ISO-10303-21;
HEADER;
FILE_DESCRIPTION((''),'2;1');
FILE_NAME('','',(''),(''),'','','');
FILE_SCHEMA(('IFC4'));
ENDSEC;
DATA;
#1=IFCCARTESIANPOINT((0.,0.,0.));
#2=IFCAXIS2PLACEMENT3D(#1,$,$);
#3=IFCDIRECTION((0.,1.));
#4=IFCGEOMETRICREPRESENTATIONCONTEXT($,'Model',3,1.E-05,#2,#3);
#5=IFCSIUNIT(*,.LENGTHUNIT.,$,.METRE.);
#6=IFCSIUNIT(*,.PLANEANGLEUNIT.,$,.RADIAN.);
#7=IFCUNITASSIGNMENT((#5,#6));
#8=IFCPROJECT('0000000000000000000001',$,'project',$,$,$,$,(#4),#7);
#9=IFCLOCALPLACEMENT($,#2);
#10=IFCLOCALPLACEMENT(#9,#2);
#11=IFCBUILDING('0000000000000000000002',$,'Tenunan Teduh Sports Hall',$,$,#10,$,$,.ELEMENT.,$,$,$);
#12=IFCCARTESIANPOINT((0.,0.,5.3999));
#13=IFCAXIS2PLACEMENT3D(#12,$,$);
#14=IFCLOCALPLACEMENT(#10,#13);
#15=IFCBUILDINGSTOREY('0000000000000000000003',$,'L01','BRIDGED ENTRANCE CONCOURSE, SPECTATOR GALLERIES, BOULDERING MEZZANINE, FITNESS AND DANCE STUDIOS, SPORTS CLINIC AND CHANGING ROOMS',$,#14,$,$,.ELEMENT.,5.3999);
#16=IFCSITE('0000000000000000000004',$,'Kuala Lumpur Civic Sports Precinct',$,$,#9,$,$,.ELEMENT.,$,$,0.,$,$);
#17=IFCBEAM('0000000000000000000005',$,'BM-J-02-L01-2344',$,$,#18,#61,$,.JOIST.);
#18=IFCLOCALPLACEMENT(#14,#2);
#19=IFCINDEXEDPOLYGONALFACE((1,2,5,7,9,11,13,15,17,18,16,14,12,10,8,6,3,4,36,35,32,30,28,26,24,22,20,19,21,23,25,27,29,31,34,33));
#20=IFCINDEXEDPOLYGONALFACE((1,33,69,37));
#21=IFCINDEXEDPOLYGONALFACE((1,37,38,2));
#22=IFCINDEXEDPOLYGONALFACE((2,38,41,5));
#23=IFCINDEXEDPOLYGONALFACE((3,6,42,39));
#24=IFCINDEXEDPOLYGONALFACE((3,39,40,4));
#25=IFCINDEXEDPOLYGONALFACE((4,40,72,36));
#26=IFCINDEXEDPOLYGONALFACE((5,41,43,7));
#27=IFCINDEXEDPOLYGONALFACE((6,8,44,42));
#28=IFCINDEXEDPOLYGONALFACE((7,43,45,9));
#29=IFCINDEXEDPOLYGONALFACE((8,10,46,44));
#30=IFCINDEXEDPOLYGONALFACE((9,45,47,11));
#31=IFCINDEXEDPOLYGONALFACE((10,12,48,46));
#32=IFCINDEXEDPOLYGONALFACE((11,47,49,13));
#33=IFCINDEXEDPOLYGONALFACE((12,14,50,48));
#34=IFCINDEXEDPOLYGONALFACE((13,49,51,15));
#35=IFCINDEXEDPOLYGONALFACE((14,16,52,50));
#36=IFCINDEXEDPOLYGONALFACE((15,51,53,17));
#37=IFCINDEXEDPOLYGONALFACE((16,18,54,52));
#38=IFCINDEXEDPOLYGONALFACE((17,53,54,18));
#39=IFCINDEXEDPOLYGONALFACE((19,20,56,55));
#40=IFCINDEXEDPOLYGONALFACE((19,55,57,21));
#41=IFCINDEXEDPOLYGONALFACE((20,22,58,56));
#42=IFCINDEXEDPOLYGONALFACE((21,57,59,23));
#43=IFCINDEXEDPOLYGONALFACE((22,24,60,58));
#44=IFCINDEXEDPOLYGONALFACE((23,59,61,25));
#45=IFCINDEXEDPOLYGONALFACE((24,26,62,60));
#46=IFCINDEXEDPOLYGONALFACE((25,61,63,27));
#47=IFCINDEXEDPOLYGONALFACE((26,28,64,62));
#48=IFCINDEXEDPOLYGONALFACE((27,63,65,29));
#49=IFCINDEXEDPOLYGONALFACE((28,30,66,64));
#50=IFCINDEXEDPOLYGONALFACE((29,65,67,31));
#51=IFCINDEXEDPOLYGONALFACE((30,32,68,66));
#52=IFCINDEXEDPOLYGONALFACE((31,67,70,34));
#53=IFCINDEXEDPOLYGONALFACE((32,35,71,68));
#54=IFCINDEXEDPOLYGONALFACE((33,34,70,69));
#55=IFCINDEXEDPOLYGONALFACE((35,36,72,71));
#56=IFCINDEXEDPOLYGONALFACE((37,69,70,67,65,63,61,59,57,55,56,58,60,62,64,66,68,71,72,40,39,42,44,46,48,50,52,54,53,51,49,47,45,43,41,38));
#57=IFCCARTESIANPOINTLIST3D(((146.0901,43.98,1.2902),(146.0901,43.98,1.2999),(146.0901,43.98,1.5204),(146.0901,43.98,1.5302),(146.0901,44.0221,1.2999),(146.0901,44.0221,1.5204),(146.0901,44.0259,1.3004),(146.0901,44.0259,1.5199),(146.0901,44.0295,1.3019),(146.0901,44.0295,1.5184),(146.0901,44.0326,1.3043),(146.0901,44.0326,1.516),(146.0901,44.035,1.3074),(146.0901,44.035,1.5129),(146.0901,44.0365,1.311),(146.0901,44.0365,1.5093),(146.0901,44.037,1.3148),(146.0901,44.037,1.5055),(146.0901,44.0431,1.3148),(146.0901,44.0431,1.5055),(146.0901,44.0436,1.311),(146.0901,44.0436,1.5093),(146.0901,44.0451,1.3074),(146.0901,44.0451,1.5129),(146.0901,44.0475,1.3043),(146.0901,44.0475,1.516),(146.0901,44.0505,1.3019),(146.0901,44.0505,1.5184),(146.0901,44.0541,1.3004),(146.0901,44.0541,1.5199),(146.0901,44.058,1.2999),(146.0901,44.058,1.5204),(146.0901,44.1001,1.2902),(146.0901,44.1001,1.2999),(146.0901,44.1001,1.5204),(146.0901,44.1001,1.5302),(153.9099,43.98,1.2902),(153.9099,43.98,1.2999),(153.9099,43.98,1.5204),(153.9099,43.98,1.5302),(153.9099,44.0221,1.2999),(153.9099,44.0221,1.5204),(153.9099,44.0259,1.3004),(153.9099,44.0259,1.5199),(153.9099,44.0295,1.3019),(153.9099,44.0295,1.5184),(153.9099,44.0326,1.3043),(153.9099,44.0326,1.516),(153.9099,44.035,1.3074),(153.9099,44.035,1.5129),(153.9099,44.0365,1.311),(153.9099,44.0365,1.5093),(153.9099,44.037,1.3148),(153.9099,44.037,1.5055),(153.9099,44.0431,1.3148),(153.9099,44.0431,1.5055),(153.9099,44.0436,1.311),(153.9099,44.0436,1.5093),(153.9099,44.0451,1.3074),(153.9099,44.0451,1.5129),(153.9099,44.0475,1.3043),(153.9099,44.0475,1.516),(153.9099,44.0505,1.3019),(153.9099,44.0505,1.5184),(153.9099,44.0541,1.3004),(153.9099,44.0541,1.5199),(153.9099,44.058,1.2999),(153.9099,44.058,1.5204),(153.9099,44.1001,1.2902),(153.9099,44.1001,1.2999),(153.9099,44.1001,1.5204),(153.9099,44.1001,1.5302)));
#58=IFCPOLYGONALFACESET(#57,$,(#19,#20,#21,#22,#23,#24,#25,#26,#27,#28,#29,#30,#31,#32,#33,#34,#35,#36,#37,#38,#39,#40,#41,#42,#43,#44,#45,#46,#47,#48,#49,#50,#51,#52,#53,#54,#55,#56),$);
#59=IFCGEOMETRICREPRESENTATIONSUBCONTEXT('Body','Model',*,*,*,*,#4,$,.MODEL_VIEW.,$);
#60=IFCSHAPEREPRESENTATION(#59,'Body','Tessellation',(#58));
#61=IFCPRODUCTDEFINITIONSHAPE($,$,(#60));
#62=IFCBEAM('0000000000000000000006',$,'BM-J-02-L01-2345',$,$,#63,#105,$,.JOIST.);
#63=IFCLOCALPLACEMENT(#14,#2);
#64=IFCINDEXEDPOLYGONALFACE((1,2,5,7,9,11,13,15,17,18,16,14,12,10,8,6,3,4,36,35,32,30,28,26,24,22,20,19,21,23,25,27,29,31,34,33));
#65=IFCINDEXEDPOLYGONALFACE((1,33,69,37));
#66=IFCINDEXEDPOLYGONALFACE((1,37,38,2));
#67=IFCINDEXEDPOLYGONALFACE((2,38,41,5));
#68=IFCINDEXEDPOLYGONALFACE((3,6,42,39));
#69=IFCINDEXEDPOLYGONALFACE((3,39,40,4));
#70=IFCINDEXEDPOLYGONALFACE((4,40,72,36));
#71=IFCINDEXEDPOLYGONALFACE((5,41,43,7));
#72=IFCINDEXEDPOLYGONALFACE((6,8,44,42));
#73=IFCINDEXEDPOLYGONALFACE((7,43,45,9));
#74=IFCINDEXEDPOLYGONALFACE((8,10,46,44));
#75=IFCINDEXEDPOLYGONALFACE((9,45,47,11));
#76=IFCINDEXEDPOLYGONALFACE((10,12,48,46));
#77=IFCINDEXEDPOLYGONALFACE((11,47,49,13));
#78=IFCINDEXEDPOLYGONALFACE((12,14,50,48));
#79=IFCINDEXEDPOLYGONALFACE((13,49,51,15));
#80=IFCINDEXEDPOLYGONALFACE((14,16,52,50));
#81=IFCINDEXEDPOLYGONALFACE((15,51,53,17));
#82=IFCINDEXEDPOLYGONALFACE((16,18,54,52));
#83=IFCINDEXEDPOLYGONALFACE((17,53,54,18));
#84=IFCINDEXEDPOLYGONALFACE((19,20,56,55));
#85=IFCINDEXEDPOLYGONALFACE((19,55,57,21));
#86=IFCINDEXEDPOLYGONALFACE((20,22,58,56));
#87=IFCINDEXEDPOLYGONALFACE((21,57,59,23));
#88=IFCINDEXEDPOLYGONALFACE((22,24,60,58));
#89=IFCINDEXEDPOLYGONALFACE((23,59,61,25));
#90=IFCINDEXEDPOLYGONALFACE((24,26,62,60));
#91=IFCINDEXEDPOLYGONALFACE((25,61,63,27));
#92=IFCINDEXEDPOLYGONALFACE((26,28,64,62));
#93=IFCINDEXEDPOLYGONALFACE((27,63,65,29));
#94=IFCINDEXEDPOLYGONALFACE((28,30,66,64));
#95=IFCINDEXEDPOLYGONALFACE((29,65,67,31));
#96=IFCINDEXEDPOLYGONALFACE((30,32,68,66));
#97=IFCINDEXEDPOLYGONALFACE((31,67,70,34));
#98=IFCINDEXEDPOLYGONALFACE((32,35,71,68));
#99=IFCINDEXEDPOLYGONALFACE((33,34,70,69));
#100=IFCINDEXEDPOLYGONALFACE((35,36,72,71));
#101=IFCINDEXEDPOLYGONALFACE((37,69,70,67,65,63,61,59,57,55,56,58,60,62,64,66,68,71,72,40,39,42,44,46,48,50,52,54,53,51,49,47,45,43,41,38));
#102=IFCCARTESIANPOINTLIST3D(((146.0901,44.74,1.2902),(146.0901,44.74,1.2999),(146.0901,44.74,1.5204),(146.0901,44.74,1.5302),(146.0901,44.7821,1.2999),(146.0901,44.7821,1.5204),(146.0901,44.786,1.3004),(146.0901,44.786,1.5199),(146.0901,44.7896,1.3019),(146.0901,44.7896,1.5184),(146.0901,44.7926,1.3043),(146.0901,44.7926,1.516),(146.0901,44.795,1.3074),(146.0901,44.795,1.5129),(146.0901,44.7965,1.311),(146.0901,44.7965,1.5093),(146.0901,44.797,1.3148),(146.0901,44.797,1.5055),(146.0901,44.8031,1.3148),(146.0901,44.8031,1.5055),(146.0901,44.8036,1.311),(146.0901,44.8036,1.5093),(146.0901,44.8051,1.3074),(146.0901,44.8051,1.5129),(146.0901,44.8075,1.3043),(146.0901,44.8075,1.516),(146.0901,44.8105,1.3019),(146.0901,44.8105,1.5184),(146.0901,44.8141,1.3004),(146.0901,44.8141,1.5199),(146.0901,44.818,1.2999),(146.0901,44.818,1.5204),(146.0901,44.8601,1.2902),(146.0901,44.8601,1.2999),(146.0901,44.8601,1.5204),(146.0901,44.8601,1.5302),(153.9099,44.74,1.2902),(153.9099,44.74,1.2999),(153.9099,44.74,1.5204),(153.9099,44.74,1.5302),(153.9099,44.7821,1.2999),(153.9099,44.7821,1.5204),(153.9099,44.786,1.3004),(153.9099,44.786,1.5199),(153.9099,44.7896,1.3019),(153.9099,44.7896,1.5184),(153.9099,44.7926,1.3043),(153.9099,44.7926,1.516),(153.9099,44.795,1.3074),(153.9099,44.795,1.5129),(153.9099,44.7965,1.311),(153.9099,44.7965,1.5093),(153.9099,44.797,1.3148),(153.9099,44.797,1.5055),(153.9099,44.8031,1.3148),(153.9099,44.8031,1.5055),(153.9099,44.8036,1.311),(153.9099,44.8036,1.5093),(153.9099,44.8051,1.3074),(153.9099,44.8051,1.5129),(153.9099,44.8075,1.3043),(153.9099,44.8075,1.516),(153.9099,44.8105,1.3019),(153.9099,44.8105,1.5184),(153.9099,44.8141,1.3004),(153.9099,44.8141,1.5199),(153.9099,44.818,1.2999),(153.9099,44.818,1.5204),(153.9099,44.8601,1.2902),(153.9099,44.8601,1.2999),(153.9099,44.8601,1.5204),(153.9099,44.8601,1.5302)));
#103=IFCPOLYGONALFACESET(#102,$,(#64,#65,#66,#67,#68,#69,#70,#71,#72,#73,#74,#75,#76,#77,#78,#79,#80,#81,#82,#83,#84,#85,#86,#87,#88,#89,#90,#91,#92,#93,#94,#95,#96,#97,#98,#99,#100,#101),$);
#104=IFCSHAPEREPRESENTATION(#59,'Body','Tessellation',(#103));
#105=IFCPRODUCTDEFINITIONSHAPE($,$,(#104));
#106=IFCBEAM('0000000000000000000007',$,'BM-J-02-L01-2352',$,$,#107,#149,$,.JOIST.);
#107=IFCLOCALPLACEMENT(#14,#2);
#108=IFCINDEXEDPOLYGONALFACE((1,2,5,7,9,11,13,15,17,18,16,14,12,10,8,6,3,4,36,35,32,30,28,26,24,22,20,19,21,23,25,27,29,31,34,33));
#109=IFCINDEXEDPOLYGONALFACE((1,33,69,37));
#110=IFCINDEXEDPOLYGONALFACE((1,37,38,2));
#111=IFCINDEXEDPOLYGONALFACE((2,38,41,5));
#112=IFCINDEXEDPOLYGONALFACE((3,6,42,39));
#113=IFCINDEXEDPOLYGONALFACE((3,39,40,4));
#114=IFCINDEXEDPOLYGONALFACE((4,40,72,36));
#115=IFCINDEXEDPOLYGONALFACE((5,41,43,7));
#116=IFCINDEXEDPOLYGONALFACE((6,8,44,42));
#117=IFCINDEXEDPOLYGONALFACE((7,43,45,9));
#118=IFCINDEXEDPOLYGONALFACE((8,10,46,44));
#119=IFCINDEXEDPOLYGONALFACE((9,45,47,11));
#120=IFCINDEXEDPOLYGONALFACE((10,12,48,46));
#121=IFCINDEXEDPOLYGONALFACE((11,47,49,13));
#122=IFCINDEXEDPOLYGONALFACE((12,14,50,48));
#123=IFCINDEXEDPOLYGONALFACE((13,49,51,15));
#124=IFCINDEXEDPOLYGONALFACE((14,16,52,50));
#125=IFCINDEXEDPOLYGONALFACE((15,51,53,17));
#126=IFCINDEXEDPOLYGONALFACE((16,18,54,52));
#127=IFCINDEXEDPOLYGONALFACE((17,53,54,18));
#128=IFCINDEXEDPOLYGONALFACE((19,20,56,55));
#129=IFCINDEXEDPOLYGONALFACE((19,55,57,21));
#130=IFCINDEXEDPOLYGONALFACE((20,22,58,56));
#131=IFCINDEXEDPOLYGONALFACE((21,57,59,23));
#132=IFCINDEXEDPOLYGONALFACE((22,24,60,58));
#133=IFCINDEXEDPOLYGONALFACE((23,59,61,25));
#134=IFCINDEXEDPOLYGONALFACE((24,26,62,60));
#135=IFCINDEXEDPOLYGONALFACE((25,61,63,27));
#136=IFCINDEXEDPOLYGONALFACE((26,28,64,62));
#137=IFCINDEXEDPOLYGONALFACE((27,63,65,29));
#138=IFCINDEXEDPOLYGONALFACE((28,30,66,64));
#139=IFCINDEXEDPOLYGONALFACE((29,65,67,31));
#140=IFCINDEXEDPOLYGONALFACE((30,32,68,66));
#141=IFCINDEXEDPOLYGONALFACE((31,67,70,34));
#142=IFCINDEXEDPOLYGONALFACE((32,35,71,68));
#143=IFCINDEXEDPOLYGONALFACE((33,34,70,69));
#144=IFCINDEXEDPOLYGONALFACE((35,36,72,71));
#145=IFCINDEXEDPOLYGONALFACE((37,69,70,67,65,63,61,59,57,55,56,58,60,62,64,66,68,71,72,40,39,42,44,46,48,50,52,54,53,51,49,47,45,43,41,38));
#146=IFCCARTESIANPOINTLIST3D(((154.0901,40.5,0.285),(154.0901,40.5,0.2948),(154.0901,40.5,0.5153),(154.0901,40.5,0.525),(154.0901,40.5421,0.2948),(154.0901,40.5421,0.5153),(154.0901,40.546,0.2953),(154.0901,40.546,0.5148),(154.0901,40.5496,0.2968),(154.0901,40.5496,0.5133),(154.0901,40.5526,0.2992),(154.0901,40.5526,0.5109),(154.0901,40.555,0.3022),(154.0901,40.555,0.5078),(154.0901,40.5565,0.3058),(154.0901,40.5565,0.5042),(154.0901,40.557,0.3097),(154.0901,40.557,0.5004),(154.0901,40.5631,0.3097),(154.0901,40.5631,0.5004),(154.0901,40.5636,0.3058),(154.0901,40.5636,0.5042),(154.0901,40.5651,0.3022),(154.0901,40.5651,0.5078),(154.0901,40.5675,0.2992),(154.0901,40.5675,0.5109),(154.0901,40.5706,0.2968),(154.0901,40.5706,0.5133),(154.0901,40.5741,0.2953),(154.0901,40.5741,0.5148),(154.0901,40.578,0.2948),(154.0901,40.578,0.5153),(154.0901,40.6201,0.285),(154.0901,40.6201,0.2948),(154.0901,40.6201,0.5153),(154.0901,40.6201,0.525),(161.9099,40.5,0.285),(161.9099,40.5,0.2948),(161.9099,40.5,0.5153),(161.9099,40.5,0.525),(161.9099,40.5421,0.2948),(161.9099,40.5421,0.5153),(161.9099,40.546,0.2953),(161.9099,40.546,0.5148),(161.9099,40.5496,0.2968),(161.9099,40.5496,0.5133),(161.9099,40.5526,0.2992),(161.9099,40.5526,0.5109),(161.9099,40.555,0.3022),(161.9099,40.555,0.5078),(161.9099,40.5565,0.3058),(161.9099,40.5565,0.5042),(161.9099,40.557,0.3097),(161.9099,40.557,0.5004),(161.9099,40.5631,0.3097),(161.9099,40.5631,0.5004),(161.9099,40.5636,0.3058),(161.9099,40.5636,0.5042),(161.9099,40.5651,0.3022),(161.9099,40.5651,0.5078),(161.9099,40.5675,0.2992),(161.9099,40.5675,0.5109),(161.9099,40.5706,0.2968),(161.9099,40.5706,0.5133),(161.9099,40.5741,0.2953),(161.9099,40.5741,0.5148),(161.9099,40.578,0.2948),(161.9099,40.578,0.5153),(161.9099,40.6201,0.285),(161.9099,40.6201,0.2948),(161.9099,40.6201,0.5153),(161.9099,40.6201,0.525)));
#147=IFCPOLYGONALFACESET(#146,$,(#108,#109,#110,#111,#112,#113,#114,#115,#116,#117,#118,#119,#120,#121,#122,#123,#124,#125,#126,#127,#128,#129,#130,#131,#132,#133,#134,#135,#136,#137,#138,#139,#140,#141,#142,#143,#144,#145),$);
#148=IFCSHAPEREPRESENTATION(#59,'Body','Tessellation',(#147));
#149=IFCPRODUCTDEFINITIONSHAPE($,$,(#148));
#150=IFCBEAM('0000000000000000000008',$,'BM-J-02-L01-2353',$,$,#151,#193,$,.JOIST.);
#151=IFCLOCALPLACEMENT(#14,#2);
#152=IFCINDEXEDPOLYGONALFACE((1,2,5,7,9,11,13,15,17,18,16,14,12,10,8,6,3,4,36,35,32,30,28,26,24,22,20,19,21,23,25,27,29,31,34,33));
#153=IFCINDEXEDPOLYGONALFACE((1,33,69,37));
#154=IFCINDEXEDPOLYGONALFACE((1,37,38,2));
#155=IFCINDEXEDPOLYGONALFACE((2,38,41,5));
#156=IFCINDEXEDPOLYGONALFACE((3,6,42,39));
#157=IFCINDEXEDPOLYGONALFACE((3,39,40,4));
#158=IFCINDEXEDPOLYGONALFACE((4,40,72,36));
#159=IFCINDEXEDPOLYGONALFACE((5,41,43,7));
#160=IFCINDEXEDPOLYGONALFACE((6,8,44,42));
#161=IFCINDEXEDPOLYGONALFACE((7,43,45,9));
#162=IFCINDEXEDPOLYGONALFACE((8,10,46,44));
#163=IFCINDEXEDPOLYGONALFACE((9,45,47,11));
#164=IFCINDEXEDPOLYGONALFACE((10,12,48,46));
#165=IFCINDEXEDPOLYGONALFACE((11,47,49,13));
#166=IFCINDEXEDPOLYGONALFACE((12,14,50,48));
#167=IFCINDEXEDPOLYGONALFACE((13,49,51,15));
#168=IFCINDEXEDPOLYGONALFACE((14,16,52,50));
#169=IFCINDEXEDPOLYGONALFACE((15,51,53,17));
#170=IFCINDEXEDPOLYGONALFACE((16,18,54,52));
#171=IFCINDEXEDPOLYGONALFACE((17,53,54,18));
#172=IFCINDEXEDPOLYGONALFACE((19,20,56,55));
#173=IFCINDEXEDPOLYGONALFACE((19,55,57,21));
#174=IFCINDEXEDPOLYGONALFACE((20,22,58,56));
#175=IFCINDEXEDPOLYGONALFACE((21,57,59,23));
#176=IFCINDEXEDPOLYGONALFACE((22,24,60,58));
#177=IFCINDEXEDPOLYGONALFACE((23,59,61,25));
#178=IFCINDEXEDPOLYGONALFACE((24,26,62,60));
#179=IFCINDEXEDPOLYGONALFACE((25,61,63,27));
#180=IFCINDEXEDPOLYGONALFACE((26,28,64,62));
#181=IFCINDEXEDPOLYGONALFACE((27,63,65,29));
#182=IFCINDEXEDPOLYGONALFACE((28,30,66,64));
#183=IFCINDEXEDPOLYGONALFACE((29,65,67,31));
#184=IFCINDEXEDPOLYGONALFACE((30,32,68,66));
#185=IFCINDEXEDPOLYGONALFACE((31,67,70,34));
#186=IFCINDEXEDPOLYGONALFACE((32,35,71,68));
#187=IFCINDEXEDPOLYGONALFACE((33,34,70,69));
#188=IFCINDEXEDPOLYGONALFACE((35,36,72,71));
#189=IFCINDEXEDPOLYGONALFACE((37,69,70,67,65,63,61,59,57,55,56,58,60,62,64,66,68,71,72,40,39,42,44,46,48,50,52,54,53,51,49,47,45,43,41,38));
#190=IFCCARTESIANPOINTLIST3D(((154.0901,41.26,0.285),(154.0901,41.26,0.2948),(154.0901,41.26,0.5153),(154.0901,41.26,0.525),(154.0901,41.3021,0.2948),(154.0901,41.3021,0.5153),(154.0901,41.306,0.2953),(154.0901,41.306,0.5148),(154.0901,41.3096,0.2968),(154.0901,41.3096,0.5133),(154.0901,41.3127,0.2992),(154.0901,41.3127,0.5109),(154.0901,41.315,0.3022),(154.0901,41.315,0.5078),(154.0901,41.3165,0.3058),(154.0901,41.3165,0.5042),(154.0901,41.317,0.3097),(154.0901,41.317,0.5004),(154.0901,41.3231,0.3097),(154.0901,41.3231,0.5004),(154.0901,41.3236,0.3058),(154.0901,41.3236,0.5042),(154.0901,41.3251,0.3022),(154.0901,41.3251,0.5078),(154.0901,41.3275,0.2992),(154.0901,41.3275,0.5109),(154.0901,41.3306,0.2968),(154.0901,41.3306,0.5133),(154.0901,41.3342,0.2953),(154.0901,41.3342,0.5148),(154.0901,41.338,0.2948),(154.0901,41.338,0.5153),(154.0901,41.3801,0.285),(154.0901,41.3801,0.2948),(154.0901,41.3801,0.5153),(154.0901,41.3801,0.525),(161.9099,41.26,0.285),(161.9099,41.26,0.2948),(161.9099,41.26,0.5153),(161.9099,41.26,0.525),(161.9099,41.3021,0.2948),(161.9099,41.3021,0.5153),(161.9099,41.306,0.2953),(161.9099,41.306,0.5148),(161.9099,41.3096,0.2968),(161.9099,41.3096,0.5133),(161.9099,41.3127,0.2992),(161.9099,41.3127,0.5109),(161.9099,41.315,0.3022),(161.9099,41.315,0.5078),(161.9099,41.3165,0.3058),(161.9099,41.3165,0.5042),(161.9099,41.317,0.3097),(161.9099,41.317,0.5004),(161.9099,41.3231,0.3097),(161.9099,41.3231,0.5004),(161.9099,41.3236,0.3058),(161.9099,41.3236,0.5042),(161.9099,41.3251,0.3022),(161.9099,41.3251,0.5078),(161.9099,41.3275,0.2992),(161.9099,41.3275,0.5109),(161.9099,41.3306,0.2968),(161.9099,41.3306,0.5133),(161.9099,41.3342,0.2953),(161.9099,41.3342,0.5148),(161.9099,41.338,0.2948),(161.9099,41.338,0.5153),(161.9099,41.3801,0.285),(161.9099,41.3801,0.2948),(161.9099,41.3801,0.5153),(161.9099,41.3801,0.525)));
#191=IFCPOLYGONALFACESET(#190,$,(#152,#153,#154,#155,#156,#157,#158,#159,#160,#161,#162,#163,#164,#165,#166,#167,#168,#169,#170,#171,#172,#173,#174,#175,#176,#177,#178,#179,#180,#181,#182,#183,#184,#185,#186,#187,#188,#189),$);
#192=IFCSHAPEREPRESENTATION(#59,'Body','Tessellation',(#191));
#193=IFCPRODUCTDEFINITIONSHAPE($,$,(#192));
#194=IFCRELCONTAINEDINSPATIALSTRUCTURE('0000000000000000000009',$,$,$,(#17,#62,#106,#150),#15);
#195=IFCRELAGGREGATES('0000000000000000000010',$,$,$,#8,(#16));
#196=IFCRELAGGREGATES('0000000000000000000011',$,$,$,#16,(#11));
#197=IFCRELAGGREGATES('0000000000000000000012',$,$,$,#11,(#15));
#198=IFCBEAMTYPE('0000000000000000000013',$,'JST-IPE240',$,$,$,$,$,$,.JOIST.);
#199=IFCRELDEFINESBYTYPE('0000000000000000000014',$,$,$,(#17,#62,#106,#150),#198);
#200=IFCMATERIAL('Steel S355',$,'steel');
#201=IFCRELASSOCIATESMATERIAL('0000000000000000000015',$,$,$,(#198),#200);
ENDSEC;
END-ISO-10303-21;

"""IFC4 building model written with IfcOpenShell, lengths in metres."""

from ifc_helpers import new_model, si_unit, direction, frame, origin, origin_2d, place, context, subcontext, project, spatial, i_section, extrude, material, material_profile, profile_set, type_object, element, save


model = new_model("IFC4")

# Units and contexts
model_context = context("Model", 3, precision=1e-05, world=origin(), true_north=direction((0.0, 1.0)))
body_context = subcontext(model_context, "Body", "Model", "MODEL_VIEW")
ifc_project = project(units=[si_unit("LENGTHUNIT", "METRE"), si_unit("PLANEANGLEUNIT", "RADIAN")], contexts=[model_context])

# Site, building, storey
site_placement = place(None, origin())
site = spatial("IfcSite", under=ifc_project, at=site_placement, Name="Kuala Lumpur Civic Sports Precinct", CompositionType="ELEMENT", RefElevation=0.0)
building_placement = place(site_placement, origin())
building = spatial("IfcBuilding", under=site, at=building_placement, Name="Tenunan Teduh Sports Hall", CompositionType="ELEMENT")
storey_placement = place(building_placement, frame((0.0, 0.0, 5.3999)))
storey = spatial("IfcBuildingStorey", under=building, at=storey_placement, Name="L01", Description="BRIDGED ENTRANCE CONCOURSE, SPECTATOR GALLERIES, BOULDERING MEZZANINE, FITNESS AND DANCE STUDIOS, SPORTS CLINIC AND CHANGING ROOMS", CompositionType="ELEMENT", Elevation=5.3999)

# Beams
ifc_material_1 = material(Name="Steel S355", Category="steel")
ifc_material_profile_1 = material_profile(ifc_material_1, i_section(OverallWidth=0.1201, OverallDepth=0.24, WebThickness=0.0061, FlangeThickness=0.0098, FilletRadius=0.0149, at=origin_2d()), Name="IPE 240")
ifc_profile_set_1 = profile_set([ifc_material_profile_1], Name="Steel S355")
beam_type_1 = type_object("IfcBeamType", Name="JST-IPE240", PredefinedType="JOIST", material=ifc_profile_set_1)
for number, where, z_axis, x_axis, name in (
    (1, (146.0901, 44.04, 1.4102), (1.0, 0.0, 0.0), (0.0, 1.0, 0.0), "BM-J-02-L01-2344"),
    (2, (146.0901, 44.8, 1.4102), (1.0, 0.0, 0.0), (0.0, 1.0, 0.0), "BM-J-02-L01-2345"),
    (3, (154.0901, 40.5601, 0.405), (1.0, 0.0, 0.0), (0.0, 1.0, 0.0), "BM-J-02-L01-2352"),
    (4, (154.0901, 41.3201, 0.405), (1.0, 0.0, 0.0), (0.0, 1.0, 0.0), "BM-J-02-L01-2353"),
):
    element("IfcBeam", number, at=place(storey_placement, frame(where, z_axis=z_axis, x_axis=x_axis)), inside=storey, type_object=beam_type_1, Name=name, PredefinedType="JOIST", context=body_context, shape_type="SweptSolid", body=[
        extrude(i_section(OverallWidth=0.1201, OverallDepth=0.24, WebThickness=0.0061, FlangeThickness=0.0098, FilletRadius=0.0149, at=origin_2d()), origin(), (0.0, 0.0, 1.0), 7.8198),
    ])

save(model, "model.ifc")
